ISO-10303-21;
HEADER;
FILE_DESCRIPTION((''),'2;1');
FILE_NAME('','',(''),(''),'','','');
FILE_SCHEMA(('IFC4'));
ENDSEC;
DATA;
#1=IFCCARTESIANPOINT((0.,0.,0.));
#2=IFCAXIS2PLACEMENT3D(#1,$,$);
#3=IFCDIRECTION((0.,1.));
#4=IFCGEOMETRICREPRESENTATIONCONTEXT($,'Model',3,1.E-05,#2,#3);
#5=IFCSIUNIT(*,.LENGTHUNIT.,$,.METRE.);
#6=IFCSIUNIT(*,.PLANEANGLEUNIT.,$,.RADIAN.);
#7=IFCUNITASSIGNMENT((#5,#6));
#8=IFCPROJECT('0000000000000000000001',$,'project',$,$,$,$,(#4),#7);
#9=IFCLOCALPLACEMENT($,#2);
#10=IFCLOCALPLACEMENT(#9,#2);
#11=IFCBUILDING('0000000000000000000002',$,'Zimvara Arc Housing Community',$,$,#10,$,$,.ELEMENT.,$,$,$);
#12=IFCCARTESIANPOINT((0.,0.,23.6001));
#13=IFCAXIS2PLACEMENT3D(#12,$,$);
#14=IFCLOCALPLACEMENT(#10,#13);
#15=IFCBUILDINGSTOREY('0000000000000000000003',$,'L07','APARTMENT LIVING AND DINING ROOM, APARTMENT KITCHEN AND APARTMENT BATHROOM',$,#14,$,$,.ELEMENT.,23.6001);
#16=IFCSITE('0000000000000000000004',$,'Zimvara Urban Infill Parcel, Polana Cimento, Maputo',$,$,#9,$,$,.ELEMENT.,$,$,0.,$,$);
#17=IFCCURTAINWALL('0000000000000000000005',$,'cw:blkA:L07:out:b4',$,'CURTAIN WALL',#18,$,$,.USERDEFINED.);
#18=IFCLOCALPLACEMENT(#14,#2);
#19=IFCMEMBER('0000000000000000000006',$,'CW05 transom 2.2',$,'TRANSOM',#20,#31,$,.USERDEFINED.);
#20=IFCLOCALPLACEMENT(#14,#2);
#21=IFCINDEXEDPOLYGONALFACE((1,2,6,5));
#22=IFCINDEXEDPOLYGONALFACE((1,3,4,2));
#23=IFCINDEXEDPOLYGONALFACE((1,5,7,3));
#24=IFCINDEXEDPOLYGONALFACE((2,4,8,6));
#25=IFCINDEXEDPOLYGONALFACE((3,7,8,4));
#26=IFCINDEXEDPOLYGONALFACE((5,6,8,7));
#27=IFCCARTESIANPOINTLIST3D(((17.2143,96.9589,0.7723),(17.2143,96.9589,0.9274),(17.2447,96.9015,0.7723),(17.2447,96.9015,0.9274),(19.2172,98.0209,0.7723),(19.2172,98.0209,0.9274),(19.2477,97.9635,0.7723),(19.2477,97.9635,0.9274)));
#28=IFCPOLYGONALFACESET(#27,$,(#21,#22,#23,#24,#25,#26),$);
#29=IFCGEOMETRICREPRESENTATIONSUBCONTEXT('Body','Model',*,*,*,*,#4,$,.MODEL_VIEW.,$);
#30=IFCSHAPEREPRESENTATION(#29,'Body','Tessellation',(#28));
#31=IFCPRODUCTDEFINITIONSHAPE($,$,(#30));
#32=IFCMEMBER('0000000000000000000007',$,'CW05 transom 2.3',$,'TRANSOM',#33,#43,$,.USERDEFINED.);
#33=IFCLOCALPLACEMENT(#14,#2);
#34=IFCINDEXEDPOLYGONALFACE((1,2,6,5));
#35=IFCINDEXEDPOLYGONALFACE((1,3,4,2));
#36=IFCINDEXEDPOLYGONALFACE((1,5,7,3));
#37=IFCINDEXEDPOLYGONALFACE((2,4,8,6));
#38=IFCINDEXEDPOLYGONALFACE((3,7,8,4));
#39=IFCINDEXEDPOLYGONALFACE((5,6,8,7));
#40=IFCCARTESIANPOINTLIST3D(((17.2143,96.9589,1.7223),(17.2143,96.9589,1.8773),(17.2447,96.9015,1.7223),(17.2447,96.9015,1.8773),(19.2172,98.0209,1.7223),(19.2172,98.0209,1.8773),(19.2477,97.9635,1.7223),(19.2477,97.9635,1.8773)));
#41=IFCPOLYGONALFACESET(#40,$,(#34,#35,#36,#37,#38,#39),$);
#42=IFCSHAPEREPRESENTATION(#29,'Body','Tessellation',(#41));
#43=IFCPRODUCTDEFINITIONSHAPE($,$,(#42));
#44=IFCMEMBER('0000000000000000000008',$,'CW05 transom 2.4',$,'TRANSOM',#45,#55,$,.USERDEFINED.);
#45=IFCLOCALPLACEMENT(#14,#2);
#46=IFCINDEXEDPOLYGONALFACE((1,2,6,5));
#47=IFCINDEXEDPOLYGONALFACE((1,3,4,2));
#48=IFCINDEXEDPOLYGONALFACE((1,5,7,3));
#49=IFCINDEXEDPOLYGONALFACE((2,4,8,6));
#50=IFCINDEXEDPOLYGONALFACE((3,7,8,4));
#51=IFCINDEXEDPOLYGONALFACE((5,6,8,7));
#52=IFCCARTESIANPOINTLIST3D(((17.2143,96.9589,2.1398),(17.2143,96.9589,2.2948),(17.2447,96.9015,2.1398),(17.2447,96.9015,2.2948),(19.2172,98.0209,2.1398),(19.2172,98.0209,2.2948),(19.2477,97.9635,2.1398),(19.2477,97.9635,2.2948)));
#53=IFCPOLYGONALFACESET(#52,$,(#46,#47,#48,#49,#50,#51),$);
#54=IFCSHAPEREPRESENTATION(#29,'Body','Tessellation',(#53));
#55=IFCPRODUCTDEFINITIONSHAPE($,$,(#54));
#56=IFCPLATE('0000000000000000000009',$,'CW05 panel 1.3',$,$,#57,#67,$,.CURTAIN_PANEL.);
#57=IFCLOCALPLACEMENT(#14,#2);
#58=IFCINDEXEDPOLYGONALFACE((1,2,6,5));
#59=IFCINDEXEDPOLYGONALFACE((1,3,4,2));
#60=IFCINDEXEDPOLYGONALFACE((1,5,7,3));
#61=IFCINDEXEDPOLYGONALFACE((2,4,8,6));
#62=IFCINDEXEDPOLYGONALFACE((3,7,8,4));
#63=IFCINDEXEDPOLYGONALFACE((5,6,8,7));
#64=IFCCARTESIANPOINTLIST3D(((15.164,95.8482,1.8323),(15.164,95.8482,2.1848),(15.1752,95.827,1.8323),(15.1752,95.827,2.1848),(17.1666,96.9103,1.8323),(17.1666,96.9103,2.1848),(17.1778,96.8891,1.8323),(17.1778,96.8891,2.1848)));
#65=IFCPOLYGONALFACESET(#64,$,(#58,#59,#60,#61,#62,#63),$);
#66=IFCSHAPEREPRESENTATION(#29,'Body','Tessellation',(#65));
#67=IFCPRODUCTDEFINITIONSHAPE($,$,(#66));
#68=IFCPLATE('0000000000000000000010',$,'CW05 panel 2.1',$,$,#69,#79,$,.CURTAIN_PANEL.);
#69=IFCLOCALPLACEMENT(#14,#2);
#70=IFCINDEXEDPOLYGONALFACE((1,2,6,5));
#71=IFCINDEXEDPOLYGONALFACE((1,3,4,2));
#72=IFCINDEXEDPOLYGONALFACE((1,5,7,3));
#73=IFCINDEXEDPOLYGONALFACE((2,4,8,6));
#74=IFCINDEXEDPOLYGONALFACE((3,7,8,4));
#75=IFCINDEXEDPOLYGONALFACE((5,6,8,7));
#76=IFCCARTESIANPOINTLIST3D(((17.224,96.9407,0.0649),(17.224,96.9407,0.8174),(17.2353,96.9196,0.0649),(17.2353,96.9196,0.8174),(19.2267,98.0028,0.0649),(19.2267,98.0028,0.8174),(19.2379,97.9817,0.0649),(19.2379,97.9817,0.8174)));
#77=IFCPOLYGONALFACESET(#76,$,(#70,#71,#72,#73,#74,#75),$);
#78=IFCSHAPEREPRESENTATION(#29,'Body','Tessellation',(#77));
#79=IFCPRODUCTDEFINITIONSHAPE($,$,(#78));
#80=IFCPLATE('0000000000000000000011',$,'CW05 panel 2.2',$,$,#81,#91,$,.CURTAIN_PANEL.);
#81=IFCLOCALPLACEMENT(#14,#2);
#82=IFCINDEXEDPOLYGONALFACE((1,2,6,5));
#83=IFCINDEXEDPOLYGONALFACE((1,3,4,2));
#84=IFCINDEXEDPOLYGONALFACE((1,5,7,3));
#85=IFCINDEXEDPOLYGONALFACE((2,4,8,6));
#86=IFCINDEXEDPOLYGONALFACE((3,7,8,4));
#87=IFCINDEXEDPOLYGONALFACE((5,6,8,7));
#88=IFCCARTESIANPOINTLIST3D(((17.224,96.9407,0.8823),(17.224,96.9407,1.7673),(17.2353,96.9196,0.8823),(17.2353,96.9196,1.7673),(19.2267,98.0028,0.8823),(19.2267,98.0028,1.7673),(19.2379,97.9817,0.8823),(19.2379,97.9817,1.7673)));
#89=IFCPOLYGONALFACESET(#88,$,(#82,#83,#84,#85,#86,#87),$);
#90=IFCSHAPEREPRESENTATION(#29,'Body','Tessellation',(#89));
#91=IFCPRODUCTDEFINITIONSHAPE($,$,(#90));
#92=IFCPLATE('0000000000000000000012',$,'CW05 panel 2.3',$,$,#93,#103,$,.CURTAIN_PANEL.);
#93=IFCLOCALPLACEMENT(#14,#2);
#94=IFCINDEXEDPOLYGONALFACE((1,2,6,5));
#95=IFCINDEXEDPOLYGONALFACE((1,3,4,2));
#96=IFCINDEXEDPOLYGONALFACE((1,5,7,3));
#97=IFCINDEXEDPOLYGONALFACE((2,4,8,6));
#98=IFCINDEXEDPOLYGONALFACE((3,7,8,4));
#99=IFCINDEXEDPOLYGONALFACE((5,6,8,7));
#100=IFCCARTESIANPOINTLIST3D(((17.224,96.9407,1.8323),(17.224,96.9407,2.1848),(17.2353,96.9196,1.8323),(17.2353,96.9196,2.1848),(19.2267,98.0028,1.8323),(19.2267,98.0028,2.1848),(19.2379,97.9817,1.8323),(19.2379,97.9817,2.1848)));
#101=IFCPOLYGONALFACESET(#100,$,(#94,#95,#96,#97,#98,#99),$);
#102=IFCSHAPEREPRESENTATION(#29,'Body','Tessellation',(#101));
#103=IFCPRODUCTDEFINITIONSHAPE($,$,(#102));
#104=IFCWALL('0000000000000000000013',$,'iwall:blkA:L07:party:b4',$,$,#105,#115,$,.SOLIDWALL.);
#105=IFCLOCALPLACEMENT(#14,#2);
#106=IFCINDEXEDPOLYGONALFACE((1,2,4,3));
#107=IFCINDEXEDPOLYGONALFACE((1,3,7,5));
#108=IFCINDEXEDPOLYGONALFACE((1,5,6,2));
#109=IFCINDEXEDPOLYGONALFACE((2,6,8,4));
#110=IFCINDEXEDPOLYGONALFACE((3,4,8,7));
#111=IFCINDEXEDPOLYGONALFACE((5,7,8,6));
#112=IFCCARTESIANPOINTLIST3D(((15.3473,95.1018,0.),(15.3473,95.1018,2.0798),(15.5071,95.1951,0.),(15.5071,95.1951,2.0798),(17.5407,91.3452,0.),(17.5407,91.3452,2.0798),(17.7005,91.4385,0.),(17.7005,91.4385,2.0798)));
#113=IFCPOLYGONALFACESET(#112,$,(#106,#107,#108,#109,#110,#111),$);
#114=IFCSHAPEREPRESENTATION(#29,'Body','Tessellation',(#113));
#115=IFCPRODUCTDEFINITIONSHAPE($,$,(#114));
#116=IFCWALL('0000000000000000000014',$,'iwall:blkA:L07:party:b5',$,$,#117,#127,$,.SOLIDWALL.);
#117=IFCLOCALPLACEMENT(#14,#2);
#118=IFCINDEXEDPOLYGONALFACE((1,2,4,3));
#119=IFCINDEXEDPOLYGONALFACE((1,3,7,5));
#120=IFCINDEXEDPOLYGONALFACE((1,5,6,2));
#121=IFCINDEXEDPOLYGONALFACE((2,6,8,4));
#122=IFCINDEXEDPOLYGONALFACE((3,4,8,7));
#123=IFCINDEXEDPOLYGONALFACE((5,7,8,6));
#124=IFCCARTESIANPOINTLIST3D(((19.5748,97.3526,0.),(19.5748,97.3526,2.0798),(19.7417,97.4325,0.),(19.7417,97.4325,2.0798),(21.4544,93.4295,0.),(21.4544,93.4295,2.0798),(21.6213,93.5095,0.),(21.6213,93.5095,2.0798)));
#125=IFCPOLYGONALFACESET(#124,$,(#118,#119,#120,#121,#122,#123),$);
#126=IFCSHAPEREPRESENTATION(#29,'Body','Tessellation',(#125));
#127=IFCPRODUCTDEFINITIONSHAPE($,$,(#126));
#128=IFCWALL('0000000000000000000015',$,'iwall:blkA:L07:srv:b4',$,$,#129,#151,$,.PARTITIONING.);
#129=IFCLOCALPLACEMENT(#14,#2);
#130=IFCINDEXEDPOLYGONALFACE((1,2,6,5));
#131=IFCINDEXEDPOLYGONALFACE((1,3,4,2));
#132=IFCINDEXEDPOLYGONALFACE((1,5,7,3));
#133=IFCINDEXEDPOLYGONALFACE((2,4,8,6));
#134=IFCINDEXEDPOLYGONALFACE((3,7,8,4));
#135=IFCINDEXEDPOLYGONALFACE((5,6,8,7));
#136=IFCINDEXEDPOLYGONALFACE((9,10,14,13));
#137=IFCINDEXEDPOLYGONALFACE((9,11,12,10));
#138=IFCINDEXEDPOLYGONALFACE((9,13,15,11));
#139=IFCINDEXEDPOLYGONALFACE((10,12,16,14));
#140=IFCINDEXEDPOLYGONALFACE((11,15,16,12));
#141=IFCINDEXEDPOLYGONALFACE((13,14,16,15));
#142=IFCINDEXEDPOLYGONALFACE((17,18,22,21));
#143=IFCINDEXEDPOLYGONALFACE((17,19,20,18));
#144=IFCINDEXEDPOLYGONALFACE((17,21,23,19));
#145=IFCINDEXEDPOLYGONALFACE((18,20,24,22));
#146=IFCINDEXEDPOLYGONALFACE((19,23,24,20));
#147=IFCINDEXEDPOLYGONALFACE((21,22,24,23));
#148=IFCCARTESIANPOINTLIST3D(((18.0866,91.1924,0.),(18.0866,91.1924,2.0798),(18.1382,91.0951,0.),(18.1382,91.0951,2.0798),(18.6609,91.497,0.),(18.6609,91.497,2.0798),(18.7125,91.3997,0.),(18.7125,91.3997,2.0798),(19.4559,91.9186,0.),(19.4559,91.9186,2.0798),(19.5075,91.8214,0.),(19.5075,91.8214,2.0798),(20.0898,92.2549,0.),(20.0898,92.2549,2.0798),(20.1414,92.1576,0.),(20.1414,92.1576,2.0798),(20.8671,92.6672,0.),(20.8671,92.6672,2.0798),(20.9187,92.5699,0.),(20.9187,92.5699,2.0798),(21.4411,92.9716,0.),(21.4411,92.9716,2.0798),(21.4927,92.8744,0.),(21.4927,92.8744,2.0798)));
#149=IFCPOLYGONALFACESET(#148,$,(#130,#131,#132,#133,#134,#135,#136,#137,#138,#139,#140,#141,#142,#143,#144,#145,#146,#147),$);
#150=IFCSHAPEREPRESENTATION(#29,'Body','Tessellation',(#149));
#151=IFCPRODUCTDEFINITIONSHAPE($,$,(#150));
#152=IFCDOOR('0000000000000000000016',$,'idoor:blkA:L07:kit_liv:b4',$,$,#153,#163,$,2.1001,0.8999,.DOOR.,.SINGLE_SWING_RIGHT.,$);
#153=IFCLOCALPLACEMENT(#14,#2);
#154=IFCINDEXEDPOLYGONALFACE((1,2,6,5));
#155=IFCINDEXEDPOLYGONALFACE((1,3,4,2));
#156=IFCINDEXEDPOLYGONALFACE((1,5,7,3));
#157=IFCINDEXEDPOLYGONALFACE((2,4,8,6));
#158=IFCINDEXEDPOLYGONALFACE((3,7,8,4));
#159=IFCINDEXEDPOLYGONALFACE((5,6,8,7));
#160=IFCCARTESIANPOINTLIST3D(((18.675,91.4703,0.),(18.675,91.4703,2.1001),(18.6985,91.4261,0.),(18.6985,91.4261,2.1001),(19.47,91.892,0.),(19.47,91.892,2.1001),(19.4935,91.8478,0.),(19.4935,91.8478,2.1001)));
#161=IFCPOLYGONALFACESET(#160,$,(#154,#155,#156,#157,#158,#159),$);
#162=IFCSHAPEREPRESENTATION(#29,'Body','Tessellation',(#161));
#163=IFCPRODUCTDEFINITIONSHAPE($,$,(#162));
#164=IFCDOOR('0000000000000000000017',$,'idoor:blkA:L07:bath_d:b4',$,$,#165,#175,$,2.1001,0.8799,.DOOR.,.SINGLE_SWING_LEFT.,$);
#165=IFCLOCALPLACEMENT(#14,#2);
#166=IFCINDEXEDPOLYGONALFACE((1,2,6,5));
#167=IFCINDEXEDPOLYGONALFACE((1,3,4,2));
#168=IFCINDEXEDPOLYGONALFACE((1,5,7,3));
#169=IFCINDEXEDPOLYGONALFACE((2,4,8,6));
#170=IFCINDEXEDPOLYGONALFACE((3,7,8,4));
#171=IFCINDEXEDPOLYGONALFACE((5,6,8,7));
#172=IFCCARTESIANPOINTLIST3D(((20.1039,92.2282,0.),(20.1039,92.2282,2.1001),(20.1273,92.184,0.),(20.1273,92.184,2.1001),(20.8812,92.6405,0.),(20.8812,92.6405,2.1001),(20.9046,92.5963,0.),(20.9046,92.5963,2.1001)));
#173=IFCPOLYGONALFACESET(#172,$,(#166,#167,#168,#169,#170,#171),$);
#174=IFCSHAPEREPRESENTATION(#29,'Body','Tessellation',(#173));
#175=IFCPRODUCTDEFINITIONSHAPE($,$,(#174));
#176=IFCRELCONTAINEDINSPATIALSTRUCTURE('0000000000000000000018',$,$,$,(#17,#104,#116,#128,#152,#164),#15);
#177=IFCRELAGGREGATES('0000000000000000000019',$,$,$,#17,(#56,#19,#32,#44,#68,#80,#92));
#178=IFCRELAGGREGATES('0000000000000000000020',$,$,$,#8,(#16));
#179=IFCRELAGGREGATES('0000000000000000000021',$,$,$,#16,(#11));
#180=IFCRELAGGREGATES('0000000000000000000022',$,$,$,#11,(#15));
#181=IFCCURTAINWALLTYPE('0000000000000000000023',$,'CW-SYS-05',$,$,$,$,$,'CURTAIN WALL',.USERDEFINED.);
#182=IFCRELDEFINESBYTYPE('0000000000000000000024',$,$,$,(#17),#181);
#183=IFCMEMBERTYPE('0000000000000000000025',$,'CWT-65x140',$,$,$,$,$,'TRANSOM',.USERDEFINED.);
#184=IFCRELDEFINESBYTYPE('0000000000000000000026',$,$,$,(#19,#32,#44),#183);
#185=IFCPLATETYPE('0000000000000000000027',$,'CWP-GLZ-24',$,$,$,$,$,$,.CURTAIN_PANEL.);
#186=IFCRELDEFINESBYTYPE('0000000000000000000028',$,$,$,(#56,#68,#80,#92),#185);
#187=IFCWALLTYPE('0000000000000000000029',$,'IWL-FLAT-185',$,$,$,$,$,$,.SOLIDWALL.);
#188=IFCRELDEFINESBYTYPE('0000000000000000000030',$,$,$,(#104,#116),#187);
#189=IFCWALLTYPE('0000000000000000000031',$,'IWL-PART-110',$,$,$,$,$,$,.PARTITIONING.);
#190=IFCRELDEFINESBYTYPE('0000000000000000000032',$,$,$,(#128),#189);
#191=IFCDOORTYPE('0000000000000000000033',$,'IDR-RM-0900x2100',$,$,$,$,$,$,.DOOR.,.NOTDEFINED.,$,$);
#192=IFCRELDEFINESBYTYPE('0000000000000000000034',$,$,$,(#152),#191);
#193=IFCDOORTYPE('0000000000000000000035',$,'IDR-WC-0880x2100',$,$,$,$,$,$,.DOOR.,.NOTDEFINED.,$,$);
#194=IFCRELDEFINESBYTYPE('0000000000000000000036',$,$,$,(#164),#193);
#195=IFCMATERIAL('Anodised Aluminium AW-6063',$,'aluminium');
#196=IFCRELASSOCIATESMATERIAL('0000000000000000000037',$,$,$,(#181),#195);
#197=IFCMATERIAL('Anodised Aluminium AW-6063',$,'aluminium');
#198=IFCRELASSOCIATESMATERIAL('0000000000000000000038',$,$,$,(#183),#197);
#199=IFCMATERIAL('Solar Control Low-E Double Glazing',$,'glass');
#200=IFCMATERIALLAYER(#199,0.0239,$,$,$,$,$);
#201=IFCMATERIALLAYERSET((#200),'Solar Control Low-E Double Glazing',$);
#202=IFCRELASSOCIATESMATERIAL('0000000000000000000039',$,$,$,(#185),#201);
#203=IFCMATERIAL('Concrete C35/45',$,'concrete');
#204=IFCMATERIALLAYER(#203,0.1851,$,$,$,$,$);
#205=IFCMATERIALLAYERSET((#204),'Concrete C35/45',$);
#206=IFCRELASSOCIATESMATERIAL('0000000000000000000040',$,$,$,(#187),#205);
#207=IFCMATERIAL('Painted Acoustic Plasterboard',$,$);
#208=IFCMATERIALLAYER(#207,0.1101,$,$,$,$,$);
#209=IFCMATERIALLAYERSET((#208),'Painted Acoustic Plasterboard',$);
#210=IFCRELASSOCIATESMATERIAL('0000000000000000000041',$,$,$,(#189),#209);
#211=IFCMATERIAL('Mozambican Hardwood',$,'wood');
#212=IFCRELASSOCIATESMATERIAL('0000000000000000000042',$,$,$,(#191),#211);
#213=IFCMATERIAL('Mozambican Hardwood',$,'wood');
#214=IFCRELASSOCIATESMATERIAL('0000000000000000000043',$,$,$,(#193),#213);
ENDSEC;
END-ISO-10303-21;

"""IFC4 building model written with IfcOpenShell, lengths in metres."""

from ifc_helpers import new_model, si_unit, direction, frame, frame_2d, origin, origin_2d, place, context, subcontext, project, spatial, rectangle, extrude, material, layer, layer_set, material_profile, profile_set, type_object, element, fill, aggregate, save


model = new_model("IFC4")

# Units and contexts
model_context = context("Model", 3, precision=1e-05, world=origin(), true_north=direction((0.0, 1.0)))
body_context = subcontext(model_context, "Body", "Model", "MODEL_VIEW")
ifc_project = project(units=[si_unit("LENGTHUNIT", "METRE"), si_unit("PLANEANGLEUNIT", "RADIAN")], contexts=[model_context])

# Site, building, storey
site_placement = place(None, origin())
site = spatial("IfcSite", under=ifc_project, at=site_placement, Name="Zimvara Urban Infill Parcel, Polana Cimento, Maputo", CompositionType="ELEMENT", RefElevation=0.0)
building_placement = place(site_placement, origin())
building = spatial("IfcBuilding", under=site, at=building_placement, Name="Zimvara Arc Housing Community", CompositionType="ELEMENT")
storey_placement = place(building_placement, frame((0.0, 0.0, 23.6001)))
storey = spatial("IfcBuildingStorey", under=building, at=storey_placement, Name="L07", Description="APARTMENT LIVING AND DINING ROOM, APARTMENT KITCHEN AND APARTMENT BATHROOM", CompositionType="ELEMENT", Elevation=23.6001)

# Curtain wall, members, plates
ifc_material_1 = material(Name="Anodised Aluminium AW-6063", Category="aluminium")
curtain_wall_type = type_object("IfcCurtainWallType", Name="CW-SYS-05", ElementType="CURTAIN WALL", PredefinedType="USERDEFINED", material=ifc_material_1)
curtain_wall_placement = place(storey_placement, origin())
curtain_wall = element("IfcCurtainWall", 1, at=curtain_wall_placement, inside=storey, type_object=curtain_wall_type, Name="cw:blkA:L07:out:b4", ObjectType="CURTAIN WALL", PredefinedType="USERDEFINED")
ifc_material_2 = material(Name="Anodised Aluminium AW-6063", Category="aluminium")
ifc_material_profile_1 = material_profile(ifc_material_2, rectangle(XDim=0.0649, YDim=0.155, at=origin_2d()), Name="ALU 65x155")
ifc_profile_set_1 = profile_set([ifc_material_profile_1], Name="Anodised Aluminium AW-6063")
member_type_1 = type_object("IfcMemberType", Name="CWT-65x140", ElementType="TRANSOM", PredefinedType="USERDEFINED", material=ifc_profile_set_1)
member_1_placement = place(storey_placement, frame((17.2295, 96.9302, 0.8499), z_axis=(0.883489, 0.468452, 0.0), x_axis=(-0.468452, 0.883489, 0.0)))
member_1 = element("IfcMember", 2, at=member_1_placement, type_object=member_type_1, Name="CW05 transom 2.2", ObjectType="TRANSOM", PredefinedType="USERDEFINED", context=body_context, shape_type="SweptSolid", body=[
    extrude(rectangle(XDim=0.0649, YDim=0.155, at=origin_2d()), origin(), (0.0, 0.0, 1.0), 2.2671),
])
member_2_placement = place(storey_placement, frame((17.2295, 96.9302, 1.7998), z_axis=(0.883489, 0.468452, 0.0), x_axis=(-0.468452, 0.883489, 0.0)))
member_2 = element("IfcMember", 3, at=member_2_placement, type_object=member_type_1, Name="CW05 transom 2.3", ObjectType="TRANSOM", PredefinedType="USERDEFINED", context=body_context, shape_type="SweptSolid", body=[
    extrude(rectangle(XDim=0.0649, YDim=0.155, at=origin_2d()), origin(), (0.0, 0.0, 1.0), 2.2671),
])
member_3_placement = place(storey_placement, frame((17.2295, 96.9302, 2.2173), z_axis=(0.883489, 0.468452, 0.0), x_axis=(-0.468452, 0.883489, 0.0)))
member_3 = element("IfcMember", 4, at=member_3_placement, type_object=member_type_1, Name="CW05 transom 2.4", ObjectType="TRANSOM", PredefinedType="USERDEFINED", context=body_context, shape_type="SweptSolid", body=[
    extrude(rectangle(XDim=0.0649, YDim=0.155, at=origin_2d()), origin(), (0.0, 0.0, 1.0), 2.2671),
])
ifc_material_3 = material(Name="Solar Control Low-E Double Glazing", Category="glass")
ifc_layer_1 = layer(ifc_material_3, 0.0239)
ifc_layer_set_1 = layer_set([ifc_layer_1], Name="Solar Control Low-E Double Glazing")
plate_type = type_object("IfcPlateType", Name="CWP-GLZ-24", PredefinedType="CURTAIN_PANEL", material=ifc_layer_set_1)
plate_1_placement = place(storey_placement, frame((16.1709, 96.3687, 1.8323), z_axis=(0.0, 0.0, 1.0), x_axis=(0.883439, 0.468547, 0.0)))
plate_1 = element("IfcPlate", 5, at=plate_1_placement, type_object=plate_type, Name="CW05 panel 1.3", PredefinedType="CURTAIN_PANEL", context=body_context, shape_type="SweptSolid", body=[
    extrude(rectangle(XDim=2.2668, YDim=0.0239, at=origin_2d()), origin(), (0.0, 0.0, 1.0), 0.3525),
])
plate_2_placement = place(storey_placement, frame((18.231, 97.4612, 0.0649), z_axis=(0.0, 0.0, 1.0), x_axis=(0.883439, 0.468547, 0.0)))
plate_2 = element("IfcPlate", 6, at=plate_2_placement, type_object=plate_type, Name="CW05 panel 2.1", PredefinedType="CURTAIN_PANEL", context=body_context, shape_type="SweptSolid", body=[
    extrude(rectangle(XDim=2.2668, YDim=0.0239, at=origin_2d()), origin(), (0.0, 0.0, 1.0), 0.7524),
])
plate_3_placement = place(storey_placement, frame((18.231, 97.4612, 0.8823), z_axis=(0.0, 0.0, 1.0), x_axis=(0.883439, 0.468547, 0.0)))
plate_3 = element("IfcPlate", 7, at=plate_3_placement, type_object=plate_type, Name="CW05 panel 2.2", PredefinedType="CURTAIN_PANEL", context=body_context, shape_type="SweptSolid", body=[
    extrude(rectangle(XDim=2.2668, YDim=0.0239, at=origin_2d()), origin(), (0.0, 0.0, 1.0), 0.885),
])
plate_4_placement = place(storey_placement, frame((18.231, 97.4612, 1.8323), z_axis=(0.0, 0.0, 1.0), x_axis=(0.883439, 0.468547, 0.0)))
plate_4 = element("IfcPlate", 8, at=plate_4_placement, type_object=plate_type, Name="CW05 panel 2.3", PredefinedType="CURTAIN_PANEL", context=body_context, shape_type="SweptSolid", body=[
    extrude(rectangle(XDim=2.2668, YDim=0.0239, at=origin_2d()), origin(), (0.0, 0.0, 1.0), 0.3525),
])
aggregate(curtain_wall, [plate_1, member_1, member_2, member_3, plate_2, plate_3, plate_4])

# Walls
ifc_material_4 = material(Name="Concrete C35/45", Category="concrete")
ifc_layer_2 = layer(ifc_material_4, 0.1851)
ifc_layer_set_2 = layer_set([ifc_layer_2], Name="Concrete C35/45")
wall_type_1 = type_object("IfcWallType", Name="IWL-FLAT-185", PredefinedType="SOLIDWALL", material=ifc_layer_set_2)
for number, where, z_axis, x_axis, name in (
    (9, (17.6206, 91.3918, 0.0), (0.0, 0.0, 1.0), (-0.504216, 0.863577, 0.0), "iwall:blkA:L07:party:b4"),
    (10, (21.5378, 93.4695, 0.0), (0.0, 0.0, 1.0), (-0.432087, 0.901832, 0.0), "iwall:blkA:L07:party:b5"),
):
    element("IfcWall", number, at=place(storey_placement, frame(where, z_axis=z_axis, x_axis=x_axis)), inside=storey, type_object=wall_type_1, Name=name, PredefinedType="SOLIDWALL", context=body_context, shape_type="SweptSolid", body=[
        extrude(rectangle(XDim=4.3501, YDim=0.1851, at=frame_2d((2.175, 0.0))), origin(), (0.0, 0.0, 1.0), 2.0798),
    ])

# Wall, openings, doors
ifc_material_5 = material(Name="Painted Acoustic Plasterboard")
ifc_layer_3 = layer(ifc_material_5, 0.1101)
ifc_layer_set_3 = layer_set([ifc_layer_3], Name="Painted Acoustic Plasterboard")
wall_type_2 = type_object("IfcWallType", Name="IWL-PART-110", PredefinedType="PARTITIONING", material=ifc_layer_set_3)
wall_1_placement = place(storey_placement, frame((18.1125, 91.1438, 0.0), z_axis=(0.0, 0.0, 1.0), x_axis=(0.883419, 0.468585, 0.0)))
wall_1 = element("IfcWall", 11, at=wall_1_placement, inside=storey, type_object=wall_type_2, Name="iwall:blkA:L07:srv:b4", PredefinedType="PARTITIONING", context=body_context, shape_type="SweptSolid", body=[
    extrude(rectangle(XDim=3.7971, YDim=0.1101, at=frame_2d((1.8984, 0.0))), origin(), (0.0, 0.0, 1.0), 2.0798),
])
opening_1_placement = place(wall_1_placement, frame((0.6499, 0.0, 0.0)))
opening_1 = element("IfcOpeningElement", 12, at=opening_1_placement, cuts=wall_1, PredefinedType="OPENING", context=body_context, shape_type="SweptSolid", body=[
    extrude(rectangle(XDim=0.8999, YDim=2.1001, at=frame_2d((0.45, 1.05))), frame((0.0, 0.0649, 0.0), z_axis=(0.0, -1.0, 0.0), x_axis=(1.0, 0.0, 0.0)), (0.0, 0.0, 1.0), 0.1301),
])
opening_2_placement = place(wall_1_placement, frame((2.2673, 0.0, 0.0)))
opening_2 = element("IfcOpeningElement", 13, at=opening_2_placement, cuts=wall_1, PredefinedType="OPENING", context=body_context, shape_type="SweptSolid", body=[
    extrude(rectangle(XDim=0.8799, YDim=2.1001, at=frame_2d((0.4399, 1.05))), frame((0.0, 0.0649, 0.0), z_axis=(0.0, -1.0, 0.0), x_axis=(1.0, 0.0, 0.0)), (0.0, 0.0, 1.0), 0.1301),
])
ifc_material_6 = material(Name="Mozambican Hardwood", Category="wood")
door_type_1 = type_object("IfcDoorType", Name="IDR-RM-0900x2100", OperationType="NOTDEFINED", PredefinedType="DOOR", material=ifc_material_6)
door_1_placement = place(opening_1_placement, origin())
door_1 = element("IfcDoor", 14, at=door_1_placement, inside=storey, type_object=door_type_1, Name="idoor:blkA:L07:kit_liv:b4", OperationType="SINGLE_SWING_RIGHT", OverallHeight=2.1001, OverallWidth=0.8999, PredefinedType="DOOR", context=body_context, shape_type="SweptSolid", body=[
    extrude(rectangle(XDim=0.8999, YDim=2.1001, at=frame_2d((0.45, 1.05))), frame((0.0, 0.0249, 0.0), z_axis=(0.0, -1.0, 0.0), x_axis=(1.0, 0.0, 0.0)), (0.0, 0.0, 1.0), 0.05),
])
fill(opening_1, door_1)
ifc_material_7 = material(Name="Mozambican Hardwood", Category="wood")
door_type_2 = type_object("IfcDoorType", Name="IDR-WC-0880x2100", OperationType="NOTDEFINED", PredefinedType="DOOR", material=ifc_material_7)
door_2_placement = place(opening_2_placement, origin())
door_2 = element("IfcDoor", 15, at=door_2_placement, inside=storey, type_object=door_type_2, Name="idoor:blkA:L07:bath_d:b4", OperationType="SINGLE_SWING_LEFT", OverallHeight=2.1001, OverallWidth=0.8799, PredefinedType="DOOR", context=body_context, shape_type="SweptSolid", body=[
    extrude(rectangle(XDim=0.8799, YDim=2.1001, at=frame_2d((0.4399, 1.05))), frame((0.0, 0.0249, 0.0), z_axis=(0.0, -1.0, 0.0), x_axis=(1.0, 0.0, 0.0)), (0.0, 0.0, 1.0), 0.05),
])
fill(opening_2, door_2)

save(model, "model.ifc")
